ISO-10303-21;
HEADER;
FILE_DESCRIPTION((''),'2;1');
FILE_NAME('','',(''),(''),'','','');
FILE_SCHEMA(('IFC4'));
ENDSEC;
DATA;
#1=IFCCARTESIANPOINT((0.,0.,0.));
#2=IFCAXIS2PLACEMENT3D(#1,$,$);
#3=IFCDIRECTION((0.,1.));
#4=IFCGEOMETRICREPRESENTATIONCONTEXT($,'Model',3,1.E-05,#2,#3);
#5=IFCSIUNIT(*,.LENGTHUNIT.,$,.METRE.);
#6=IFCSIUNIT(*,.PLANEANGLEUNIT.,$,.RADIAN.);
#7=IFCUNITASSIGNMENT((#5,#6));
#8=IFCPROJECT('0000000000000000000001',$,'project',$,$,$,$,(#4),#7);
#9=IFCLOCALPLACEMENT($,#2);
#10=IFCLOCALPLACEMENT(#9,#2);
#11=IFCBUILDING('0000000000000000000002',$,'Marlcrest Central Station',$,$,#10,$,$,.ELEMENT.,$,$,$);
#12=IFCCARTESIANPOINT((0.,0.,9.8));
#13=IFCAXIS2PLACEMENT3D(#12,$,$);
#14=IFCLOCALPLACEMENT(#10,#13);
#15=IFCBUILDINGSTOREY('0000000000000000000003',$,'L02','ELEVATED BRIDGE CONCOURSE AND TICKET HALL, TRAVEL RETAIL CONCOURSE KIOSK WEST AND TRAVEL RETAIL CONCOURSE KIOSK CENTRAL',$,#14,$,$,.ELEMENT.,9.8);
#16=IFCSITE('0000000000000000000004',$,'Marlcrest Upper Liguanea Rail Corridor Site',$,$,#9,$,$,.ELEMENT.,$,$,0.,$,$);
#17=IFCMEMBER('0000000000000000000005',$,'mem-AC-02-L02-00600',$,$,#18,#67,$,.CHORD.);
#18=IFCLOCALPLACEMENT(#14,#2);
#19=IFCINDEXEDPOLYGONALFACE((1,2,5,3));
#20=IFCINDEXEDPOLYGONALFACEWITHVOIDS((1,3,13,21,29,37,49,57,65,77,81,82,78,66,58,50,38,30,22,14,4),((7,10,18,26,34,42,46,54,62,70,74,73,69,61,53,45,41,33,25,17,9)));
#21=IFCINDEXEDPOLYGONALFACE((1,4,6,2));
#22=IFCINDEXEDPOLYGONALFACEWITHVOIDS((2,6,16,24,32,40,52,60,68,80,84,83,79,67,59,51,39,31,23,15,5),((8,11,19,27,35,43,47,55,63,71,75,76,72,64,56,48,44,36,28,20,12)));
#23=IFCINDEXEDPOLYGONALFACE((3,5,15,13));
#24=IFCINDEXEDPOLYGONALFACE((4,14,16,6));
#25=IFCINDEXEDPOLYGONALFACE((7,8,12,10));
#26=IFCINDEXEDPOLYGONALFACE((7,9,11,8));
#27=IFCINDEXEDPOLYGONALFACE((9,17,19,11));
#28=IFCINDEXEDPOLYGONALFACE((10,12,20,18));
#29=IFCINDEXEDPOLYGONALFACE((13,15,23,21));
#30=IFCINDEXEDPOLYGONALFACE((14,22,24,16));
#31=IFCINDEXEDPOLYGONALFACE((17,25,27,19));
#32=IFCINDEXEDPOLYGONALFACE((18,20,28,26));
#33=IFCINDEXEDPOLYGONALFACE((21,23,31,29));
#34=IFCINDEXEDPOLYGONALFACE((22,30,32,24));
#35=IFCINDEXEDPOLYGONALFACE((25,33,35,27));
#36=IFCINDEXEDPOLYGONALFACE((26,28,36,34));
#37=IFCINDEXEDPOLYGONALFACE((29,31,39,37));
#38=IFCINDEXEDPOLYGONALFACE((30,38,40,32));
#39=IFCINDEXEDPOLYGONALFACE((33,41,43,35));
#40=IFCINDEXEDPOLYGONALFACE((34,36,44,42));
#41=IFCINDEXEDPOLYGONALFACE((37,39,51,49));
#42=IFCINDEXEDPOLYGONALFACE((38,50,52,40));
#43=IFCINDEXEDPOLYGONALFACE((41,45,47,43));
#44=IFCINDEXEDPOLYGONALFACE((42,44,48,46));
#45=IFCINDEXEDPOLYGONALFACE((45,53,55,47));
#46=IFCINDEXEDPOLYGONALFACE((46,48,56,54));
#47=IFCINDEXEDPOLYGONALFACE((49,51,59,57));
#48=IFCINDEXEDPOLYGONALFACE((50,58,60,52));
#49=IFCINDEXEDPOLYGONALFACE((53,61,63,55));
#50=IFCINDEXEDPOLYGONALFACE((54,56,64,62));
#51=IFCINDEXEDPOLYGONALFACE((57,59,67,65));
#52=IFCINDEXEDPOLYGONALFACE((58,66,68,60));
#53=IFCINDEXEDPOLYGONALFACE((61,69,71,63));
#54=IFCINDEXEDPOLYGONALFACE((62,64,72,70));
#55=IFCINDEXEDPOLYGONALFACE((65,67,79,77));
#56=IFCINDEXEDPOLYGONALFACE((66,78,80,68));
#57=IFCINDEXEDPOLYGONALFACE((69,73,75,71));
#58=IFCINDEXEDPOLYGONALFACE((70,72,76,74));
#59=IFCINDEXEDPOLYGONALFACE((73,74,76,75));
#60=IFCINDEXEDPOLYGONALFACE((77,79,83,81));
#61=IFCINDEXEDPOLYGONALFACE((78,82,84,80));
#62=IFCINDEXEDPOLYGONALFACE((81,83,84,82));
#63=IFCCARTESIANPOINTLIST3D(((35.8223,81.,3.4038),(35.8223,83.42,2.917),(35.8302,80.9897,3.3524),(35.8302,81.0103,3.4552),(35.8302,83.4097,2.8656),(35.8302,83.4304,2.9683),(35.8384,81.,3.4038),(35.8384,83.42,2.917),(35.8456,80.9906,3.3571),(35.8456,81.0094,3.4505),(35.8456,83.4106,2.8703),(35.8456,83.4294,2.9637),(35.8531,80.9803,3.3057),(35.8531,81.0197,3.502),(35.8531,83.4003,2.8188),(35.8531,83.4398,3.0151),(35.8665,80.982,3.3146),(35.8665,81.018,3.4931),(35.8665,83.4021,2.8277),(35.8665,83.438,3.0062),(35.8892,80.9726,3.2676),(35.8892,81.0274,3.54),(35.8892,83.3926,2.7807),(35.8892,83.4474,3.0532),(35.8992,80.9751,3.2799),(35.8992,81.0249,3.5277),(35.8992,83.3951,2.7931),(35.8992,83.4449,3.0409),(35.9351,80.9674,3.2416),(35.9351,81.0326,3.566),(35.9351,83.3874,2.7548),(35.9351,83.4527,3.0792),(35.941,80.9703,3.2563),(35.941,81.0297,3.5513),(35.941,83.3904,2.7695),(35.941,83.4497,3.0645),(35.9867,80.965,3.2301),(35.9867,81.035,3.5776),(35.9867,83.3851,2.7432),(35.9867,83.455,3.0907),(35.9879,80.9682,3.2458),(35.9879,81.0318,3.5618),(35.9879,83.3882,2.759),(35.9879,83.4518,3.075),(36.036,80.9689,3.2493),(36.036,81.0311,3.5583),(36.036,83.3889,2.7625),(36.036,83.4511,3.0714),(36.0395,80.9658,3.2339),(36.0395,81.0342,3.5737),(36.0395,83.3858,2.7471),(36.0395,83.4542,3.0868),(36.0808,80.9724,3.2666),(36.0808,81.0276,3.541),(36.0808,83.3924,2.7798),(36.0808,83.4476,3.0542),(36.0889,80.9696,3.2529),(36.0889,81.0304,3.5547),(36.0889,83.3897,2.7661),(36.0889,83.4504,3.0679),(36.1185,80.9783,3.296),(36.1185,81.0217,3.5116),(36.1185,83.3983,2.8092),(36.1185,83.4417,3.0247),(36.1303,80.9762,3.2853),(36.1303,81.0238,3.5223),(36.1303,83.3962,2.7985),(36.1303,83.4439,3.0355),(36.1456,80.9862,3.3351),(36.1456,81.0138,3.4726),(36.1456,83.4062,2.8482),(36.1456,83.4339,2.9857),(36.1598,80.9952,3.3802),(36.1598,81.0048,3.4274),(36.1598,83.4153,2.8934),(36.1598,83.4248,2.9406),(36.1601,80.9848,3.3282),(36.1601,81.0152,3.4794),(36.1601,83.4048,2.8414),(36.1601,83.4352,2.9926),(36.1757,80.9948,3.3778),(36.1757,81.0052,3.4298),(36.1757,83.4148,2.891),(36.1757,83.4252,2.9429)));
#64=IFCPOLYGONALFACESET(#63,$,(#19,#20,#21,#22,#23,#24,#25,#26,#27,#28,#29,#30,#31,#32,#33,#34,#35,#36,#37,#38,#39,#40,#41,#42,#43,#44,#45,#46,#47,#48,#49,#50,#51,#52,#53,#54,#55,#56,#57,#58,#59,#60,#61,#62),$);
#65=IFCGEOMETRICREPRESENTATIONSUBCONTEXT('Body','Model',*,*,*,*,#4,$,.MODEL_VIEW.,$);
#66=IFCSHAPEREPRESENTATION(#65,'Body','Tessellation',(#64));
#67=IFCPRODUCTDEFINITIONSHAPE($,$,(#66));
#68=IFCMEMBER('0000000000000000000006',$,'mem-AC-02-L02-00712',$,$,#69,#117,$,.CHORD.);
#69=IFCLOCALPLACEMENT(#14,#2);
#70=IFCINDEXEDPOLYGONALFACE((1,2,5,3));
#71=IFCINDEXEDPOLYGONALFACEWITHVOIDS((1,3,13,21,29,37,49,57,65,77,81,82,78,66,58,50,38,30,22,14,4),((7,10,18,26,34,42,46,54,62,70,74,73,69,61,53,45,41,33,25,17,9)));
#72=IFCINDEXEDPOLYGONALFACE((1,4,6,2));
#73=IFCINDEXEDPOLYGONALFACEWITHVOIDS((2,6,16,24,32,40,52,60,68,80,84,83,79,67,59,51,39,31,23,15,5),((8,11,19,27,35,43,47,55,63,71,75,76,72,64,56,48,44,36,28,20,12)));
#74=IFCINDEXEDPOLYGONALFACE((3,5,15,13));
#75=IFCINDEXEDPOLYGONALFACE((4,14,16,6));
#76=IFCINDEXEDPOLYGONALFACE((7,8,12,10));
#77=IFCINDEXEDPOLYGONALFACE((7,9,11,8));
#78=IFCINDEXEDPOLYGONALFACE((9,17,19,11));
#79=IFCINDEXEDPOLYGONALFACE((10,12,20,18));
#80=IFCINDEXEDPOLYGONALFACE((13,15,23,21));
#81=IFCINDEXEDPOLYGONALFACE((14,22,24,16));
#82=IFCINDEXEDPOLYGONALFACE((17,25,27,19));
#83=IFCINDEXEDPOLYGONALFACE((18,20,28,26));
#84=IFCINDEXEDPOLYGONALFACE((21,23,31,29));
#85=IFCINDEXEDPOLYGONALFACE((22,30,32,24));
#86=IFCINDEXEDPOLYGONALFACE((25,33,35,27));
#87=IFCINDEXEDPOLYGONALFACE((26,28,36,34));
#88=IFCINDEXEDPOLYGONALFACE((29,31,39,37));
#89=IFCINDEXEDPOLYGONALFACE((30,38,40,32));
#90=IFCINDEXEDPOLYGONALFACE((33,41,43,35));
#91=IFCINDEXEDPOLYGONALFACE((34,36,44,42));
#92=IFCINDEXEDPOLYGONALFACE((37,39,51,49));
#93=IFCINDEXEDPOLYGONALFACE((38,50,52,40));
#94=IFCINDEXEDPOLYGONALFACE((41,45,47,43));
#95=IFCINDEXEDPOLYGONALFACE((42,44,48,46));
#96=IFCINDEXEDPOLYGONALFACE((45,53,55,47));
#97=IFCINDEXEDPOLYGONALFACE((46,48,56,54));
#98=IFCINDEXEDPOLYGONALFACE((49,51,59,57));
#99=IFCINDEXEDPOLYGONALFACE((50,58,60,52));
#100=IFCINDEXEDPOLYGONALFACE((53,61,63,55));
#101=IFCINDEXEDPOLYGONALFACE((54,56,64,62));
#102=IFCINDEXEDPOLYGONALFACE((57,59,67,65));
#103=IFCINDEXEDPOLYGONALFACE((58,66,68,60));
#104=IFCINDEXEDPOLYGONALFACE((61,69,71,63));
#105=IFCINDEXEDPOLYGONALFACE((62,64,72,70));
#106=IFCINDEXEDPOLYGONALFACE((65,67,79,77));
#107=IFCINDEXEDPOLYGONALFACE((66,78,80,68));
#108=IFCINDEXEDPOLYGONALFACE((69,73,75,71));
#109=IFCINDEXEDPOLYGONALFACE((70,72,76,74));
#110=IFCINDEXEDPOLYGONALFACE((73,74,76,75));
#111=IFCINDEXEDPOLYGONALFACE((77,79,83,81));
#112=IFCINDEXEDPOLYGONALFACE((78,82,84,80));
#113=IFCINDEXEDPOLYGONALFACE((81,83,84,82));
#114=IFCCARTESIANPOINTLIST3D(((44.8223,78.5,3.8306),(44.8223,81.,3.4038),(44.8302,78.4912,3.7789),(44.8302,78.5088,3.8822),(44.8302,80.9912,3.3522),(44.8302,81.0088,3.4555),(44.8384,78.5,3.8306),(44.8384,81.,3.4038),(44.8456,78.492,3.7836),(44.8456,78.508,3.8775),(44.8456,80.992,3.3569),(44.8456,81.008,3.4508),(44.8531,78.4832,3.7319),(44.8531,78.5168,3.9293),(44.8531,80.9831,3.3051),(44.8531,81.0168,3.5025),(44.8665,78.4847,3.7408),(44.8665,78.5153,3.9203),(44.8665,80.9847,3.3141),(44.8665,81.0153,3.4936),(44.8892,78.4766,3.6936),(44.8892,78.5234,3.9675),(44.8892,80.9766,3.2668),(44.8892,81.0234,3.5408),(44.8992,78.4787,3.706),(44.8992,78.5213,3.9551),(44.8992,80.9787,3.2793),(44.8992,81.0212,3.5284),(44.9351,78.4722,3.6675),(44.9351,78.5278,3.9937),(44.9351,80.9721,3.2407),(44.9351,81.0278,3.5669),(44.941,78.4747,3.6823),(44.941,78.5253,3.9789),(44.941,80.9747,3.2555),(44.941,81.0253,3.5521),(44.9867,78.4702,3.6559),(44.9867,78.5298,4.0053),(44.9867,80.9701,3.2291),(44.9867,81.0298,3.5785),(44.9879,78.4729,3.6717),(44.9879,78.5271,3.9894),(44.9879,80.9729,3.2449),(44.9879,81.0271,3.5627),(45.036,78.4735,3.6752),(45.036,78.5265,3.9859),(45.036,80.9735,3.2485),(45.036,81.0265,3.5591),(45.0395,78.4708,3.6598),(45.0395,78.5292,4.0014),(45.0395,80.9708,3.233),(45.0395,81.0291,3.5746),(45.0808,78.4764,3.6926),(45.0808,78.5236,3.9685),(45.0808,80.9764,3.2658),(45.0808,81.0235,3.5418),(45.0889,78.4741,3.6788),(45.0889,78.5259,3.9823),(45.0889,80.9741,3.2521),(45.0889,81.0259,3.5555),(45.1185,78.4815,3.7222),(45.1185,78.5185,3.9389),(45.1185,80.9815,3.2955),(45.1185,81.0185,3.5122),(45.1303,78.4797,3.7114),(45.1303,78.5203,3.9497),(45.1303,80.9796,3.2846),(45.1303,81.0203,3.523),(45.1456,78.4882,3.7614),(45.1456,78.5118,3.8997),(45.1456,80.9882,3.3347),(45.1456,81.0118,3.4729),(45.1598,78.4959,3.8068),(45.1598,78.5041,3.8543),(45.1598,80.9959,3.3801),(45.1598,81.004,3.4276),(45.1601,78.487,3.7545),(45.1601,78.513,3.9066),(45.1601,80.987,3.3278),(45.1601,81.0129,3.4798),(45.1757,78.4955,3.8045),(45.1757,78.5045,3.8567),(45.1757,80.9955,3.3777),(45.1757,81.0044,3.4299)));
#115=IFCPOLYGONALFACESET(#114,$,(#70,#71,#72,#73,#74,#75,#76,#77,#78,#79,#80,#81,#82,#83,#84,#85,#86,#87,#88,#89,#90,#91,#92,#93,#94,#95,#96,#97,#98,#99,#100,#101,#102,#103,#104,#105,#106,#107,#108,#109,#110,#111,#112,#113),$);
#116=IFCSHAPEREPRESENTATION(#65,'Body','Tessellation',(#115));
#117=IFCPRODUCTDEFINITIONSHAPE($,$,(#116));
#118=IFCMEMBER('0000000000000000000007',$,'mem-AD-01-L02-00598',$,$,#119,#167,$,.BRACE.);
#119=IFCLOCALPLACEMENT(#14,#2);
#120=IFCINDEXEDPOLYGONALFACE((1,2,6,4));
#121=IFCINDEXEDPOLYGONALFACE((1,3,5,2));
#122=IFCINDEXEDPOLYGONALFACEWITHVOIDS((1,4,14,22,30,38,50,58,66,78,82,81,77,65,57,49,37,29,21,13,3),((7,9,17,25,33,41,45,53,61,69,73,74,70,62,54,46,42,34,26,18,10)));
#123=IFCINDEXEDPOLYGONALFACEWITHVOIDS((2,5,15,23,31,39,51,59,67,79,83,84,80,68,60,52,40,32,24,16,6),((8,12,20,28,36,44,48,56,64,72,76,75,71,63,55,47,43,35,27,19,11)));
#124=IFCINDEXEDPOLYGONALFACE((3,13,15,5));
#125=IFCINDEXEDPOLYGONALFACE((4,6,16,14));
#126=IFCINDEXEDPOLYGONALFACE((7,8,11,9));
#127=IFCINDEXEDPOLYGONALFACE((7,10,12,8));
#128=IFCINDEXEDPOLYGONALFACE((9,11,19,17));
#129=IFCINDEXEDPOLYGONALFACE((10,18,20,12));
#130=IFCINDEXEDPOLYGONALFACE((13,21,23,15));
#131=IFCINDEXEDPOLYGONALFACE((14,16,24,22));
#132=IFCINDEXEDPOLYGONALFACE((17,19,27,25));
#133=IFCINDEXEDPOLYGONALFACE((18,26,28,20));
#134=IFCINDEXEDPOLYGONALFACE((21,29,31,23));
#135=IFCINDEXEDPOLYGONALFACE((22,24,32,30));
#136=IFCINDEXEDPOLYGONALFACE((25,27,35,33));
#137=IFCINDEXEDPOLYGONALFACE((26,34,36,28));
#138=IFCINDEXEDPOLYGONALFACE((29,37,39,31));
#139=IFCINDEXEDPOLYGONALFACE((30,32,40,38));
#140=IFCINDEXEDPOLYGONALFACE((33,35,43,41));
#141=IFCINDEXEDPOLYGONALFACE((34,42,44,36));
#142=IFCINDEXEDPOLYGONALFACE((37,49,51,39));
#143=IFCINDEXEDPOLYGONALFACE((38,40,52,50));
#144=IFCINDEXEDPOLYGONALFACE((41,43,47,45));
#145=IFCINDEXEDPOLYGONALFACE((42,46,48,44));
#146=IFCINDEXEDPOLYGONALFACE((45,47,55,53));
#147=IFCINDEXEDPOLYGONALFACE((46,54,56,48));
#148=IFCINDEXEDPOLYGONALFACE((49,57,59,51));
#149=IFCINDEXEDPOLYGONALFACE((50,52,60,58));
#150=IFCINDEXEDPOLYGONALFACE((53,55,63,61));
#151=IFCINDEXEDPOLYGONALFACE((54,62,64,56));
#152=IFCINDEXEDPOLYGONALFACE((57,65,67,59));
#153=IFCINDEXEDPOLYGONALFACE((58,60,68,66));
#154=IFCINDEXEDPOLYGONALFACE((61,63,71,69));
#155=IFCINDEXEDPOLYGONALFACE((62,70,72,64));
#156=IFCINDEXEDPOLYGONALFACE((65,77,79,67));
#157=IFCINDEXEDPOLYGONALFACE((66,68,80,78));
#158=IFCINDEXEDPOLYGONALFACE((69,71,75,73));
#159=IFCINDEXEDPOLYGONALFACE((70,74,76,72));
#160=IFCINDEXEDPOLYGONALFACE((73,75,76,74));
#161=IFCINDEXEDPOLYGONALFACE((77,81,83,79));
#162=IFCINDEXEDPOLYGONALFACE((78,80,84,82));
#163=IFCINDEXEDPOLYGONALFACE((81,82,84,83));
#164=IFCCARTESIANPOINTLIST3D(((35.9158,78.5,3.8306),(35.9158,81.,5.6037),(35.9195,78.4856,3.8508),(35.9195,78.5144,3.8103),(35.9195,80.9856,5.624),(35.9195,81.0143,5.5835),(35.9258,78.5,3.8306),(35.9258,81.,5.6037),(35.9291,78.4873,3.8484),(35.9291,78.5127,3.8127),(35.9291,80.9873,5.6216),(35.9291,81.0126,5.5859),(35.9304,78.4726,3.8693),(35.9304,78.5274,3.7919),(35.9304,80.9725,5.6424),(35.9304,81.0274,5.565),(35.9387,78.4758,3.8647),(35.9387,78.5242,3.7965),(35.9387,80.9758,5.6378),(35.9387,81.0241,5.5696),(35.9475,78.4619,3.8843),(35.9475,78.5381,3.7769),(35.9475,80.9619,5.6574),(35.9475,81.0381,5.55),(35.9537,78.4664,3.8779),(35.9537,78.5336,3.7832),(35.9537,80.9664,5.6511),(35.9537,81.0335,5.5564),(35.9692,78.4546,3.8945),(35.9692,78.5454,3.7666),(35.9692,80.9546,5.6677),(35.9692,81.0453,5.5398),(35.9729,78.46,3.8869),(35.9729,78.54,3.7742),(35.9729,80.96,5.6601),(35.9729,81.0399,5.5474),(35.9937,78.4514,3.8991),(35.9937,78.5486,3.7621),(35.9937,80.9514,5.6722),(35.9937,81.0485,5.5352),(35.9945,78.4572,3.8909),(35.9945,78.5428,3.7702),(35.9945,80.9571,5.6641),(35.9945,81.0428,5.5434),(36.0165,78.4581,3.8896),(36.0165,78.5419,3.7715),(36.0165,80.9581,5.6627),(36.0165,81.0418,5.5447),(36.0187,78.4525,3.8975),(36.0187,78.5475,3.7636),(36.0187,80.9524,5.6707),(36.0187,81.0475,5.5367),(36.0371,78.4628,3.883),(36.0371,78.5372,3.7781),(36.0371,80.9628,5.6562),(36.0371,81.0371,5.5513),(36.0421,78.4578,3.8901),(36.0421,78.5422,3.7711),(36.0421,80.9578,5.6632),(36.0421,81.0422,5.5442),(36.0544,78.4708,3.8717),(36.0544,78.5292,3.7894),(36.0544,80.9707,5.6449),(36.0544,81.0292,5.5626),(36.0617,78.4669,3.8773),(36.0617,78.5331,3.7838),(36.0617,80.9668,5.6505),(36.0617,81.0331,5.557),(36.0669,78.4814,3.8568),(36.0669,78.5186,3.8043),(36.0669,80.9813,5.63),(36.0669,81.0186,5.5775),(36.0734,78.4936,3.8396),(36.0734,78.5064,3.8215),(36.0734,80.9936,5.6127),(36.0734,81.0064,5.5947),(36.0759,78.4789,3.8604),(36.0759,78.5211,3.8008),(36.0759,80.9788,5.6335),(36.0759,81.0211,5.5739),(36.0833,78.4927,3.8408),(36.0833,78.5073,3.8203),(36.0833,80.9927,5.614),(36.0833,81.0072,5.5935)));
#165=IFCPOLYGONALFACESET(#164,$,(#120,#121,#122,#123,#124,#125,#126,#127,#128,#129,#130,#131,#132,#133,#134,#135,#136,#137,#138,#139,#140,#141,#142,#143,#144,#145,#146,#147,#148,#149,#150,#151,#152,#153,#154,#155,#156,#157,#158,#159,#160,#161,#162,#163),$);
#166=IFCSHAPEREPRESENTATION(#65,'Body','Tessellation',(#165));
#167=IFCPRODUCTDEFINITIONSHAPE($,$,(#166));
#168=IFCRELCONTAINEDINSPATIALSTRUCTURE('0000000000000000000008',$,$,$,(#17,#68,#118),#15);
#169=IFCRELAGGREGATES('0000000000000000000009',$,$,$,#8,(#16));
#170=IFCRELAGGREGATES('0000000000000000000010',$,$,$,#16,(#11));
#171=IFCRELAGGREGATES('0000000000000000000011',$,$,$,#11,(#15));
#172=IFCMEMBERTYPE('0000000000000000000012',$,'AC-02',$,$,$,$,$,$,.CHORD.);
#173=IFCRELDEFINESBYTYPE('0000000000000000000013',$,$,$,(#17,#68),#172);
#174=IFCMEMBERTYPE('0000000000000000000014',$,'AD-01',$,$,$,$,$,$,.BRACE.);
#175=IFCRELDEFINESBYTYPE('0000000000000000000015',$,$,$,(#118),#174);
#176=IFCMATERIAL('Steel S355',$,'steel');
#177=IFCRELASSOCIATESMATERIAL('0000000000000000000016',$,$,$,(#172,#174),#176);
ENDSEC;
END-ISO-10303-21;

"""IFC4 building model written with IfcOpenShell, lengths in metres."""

from ifc_helpers import new_model, si_unit, direction, frame, origin, origin_2d, place, context, subcontext, project, spatial, hollow_circle, extrude, material, material_profile, profile_set, type_object, element, save


model = new_model("IFC4")

# Units and contexts
model_context = context("Model", 3, precision=1e-05, world=origin(), true_north=direction((0.0, 1.0)))
body_context = subcontext(model_context, "Body", "Model", "MODEL_VIEW")
ifc_project = project(units=[si_unit("LENGTHUNIT", "METRE"), si_unit("PLANEANGLEUNIT", "RADIAN")], contexts=[model_context])

# Site, building, storey
site_placement = place(None, origin())
site = spatial("IfcSite", under=ifc_project, at=site_placement, Name="Marlcrest Upper Liguanea Rail Corridor Site", CompositionType="ELEMENT", RefElevation=0.0)
building_placement = place(site_placement, origin())
building = spatial("IfcBuilding", under=site, at=building_placement, Name="Marlcrest Central Station", CompositionType="ELEMENT")
storey_placement = place(building_placement, frame((0.0, 0.0, 9.8)))
storey = spatial("IfcBuildingStorey", under=building, at=storey_placement, Name="L02", Description="ELEVATED BRIDGE CONCOURSE AND TICKET HALL, TRAVEL RETAIL CONCOURSE KIOSK WEST AND TRAVEL RETAIL CONCOURSE KIOSK CENTRAL", CompositionType="ELEMENT", Elevation=9.8)

# Members
ifc_material_1 = material(Name="Steel S355", Category="steel")
ifc_material_profile_1 = material_profile(ifc_material_1, hollow_circle(Radius=0.1777, WallThickness=0.0161, at=origin_2d()), Name="CHS 355.6x16")
ifc_profile_set_1 = profile_set([ifc_material_profile_1], Name="Steel S355")
member_type_1 = type_object("IfcMemberType", Name="AC-02", PredefinedType="CHORD", material=ifc_profile_set_1)
member_1_placement = place(storey_placement, frame((36.0, 81.0, 3.4038), z_axis=(0.0, 0.980359, -0.197219), x_axis=(-1.0, 0.0, 0.0)))
element("IfcMember", 1, at=member_1_placement, inside=storey, type_object=member_type_1, Name="mem-AC-02-L02-00600", PredefinedType="CHORD", context=body_context, shape_type="SweptSolid", body=[
    extrude(hollow_circle(Radius=0.1777, WallThickness=0.0161, at=origin_2d()), origin(), (0.0, 0.0, 1.0), 2.4685),
])
member_2_placement = place(storey_placement, frame((45.0, 78.5, 3.8306), z_axis=(0.0, 0.985741, -0.168269), x_axis=(-1.0, 0.0, 0.0)))
element("IfcMember", 2, at=member_2_placement, inside=storey, type_object=member_type_1, Name="mem-AC-02-L02-00712", PredefinedType="CHORD", context=body_context, shape_type="SweptSolid", body=[
    extrude(hollow_circle(Radius=0.1777, WallThickness=0.0161, at=origin_2d()), origin(), (0.0, 0.0, 1.0), 2.5361),
])
ifc_material_profile_2 = material_profile(ifc_material_1, hollow_circle(Radius=0.0842, WallThickness=0.01, at=origin_2d()), Name="CHS 168.3x10")
ifc_profile_set_2 = profile_set([ifc_material_profile_2], Name="Steel S355")
member_type_2 = type_object("IfcMemberType", Name="AD-01", PredefinedType="BRACE", material=ifc_profile_set_2)
member_3_placement = place(storey_placement, frame((36.0, 78.5, 3.8306), z_axis=(0.0, 0.815661, 0.57853), x_axis=(-1.0, 0.0, 0.0)))
element("IfcMember", 3, at=member_3_placement, inside=storey, type_object=member_type_2, Name="mem-AD-01-L02-00598", PredefinedType="BRACE", context=body_context, shape_type="SweptSolid", body=[
    extrude(hollow_circle(Radius=0.0842, WallThickness=0.01, at=origin_2d()), origin(), (0.0, 0.0, 1.0), 3.0649),
])

save(model, "model.ifc")
